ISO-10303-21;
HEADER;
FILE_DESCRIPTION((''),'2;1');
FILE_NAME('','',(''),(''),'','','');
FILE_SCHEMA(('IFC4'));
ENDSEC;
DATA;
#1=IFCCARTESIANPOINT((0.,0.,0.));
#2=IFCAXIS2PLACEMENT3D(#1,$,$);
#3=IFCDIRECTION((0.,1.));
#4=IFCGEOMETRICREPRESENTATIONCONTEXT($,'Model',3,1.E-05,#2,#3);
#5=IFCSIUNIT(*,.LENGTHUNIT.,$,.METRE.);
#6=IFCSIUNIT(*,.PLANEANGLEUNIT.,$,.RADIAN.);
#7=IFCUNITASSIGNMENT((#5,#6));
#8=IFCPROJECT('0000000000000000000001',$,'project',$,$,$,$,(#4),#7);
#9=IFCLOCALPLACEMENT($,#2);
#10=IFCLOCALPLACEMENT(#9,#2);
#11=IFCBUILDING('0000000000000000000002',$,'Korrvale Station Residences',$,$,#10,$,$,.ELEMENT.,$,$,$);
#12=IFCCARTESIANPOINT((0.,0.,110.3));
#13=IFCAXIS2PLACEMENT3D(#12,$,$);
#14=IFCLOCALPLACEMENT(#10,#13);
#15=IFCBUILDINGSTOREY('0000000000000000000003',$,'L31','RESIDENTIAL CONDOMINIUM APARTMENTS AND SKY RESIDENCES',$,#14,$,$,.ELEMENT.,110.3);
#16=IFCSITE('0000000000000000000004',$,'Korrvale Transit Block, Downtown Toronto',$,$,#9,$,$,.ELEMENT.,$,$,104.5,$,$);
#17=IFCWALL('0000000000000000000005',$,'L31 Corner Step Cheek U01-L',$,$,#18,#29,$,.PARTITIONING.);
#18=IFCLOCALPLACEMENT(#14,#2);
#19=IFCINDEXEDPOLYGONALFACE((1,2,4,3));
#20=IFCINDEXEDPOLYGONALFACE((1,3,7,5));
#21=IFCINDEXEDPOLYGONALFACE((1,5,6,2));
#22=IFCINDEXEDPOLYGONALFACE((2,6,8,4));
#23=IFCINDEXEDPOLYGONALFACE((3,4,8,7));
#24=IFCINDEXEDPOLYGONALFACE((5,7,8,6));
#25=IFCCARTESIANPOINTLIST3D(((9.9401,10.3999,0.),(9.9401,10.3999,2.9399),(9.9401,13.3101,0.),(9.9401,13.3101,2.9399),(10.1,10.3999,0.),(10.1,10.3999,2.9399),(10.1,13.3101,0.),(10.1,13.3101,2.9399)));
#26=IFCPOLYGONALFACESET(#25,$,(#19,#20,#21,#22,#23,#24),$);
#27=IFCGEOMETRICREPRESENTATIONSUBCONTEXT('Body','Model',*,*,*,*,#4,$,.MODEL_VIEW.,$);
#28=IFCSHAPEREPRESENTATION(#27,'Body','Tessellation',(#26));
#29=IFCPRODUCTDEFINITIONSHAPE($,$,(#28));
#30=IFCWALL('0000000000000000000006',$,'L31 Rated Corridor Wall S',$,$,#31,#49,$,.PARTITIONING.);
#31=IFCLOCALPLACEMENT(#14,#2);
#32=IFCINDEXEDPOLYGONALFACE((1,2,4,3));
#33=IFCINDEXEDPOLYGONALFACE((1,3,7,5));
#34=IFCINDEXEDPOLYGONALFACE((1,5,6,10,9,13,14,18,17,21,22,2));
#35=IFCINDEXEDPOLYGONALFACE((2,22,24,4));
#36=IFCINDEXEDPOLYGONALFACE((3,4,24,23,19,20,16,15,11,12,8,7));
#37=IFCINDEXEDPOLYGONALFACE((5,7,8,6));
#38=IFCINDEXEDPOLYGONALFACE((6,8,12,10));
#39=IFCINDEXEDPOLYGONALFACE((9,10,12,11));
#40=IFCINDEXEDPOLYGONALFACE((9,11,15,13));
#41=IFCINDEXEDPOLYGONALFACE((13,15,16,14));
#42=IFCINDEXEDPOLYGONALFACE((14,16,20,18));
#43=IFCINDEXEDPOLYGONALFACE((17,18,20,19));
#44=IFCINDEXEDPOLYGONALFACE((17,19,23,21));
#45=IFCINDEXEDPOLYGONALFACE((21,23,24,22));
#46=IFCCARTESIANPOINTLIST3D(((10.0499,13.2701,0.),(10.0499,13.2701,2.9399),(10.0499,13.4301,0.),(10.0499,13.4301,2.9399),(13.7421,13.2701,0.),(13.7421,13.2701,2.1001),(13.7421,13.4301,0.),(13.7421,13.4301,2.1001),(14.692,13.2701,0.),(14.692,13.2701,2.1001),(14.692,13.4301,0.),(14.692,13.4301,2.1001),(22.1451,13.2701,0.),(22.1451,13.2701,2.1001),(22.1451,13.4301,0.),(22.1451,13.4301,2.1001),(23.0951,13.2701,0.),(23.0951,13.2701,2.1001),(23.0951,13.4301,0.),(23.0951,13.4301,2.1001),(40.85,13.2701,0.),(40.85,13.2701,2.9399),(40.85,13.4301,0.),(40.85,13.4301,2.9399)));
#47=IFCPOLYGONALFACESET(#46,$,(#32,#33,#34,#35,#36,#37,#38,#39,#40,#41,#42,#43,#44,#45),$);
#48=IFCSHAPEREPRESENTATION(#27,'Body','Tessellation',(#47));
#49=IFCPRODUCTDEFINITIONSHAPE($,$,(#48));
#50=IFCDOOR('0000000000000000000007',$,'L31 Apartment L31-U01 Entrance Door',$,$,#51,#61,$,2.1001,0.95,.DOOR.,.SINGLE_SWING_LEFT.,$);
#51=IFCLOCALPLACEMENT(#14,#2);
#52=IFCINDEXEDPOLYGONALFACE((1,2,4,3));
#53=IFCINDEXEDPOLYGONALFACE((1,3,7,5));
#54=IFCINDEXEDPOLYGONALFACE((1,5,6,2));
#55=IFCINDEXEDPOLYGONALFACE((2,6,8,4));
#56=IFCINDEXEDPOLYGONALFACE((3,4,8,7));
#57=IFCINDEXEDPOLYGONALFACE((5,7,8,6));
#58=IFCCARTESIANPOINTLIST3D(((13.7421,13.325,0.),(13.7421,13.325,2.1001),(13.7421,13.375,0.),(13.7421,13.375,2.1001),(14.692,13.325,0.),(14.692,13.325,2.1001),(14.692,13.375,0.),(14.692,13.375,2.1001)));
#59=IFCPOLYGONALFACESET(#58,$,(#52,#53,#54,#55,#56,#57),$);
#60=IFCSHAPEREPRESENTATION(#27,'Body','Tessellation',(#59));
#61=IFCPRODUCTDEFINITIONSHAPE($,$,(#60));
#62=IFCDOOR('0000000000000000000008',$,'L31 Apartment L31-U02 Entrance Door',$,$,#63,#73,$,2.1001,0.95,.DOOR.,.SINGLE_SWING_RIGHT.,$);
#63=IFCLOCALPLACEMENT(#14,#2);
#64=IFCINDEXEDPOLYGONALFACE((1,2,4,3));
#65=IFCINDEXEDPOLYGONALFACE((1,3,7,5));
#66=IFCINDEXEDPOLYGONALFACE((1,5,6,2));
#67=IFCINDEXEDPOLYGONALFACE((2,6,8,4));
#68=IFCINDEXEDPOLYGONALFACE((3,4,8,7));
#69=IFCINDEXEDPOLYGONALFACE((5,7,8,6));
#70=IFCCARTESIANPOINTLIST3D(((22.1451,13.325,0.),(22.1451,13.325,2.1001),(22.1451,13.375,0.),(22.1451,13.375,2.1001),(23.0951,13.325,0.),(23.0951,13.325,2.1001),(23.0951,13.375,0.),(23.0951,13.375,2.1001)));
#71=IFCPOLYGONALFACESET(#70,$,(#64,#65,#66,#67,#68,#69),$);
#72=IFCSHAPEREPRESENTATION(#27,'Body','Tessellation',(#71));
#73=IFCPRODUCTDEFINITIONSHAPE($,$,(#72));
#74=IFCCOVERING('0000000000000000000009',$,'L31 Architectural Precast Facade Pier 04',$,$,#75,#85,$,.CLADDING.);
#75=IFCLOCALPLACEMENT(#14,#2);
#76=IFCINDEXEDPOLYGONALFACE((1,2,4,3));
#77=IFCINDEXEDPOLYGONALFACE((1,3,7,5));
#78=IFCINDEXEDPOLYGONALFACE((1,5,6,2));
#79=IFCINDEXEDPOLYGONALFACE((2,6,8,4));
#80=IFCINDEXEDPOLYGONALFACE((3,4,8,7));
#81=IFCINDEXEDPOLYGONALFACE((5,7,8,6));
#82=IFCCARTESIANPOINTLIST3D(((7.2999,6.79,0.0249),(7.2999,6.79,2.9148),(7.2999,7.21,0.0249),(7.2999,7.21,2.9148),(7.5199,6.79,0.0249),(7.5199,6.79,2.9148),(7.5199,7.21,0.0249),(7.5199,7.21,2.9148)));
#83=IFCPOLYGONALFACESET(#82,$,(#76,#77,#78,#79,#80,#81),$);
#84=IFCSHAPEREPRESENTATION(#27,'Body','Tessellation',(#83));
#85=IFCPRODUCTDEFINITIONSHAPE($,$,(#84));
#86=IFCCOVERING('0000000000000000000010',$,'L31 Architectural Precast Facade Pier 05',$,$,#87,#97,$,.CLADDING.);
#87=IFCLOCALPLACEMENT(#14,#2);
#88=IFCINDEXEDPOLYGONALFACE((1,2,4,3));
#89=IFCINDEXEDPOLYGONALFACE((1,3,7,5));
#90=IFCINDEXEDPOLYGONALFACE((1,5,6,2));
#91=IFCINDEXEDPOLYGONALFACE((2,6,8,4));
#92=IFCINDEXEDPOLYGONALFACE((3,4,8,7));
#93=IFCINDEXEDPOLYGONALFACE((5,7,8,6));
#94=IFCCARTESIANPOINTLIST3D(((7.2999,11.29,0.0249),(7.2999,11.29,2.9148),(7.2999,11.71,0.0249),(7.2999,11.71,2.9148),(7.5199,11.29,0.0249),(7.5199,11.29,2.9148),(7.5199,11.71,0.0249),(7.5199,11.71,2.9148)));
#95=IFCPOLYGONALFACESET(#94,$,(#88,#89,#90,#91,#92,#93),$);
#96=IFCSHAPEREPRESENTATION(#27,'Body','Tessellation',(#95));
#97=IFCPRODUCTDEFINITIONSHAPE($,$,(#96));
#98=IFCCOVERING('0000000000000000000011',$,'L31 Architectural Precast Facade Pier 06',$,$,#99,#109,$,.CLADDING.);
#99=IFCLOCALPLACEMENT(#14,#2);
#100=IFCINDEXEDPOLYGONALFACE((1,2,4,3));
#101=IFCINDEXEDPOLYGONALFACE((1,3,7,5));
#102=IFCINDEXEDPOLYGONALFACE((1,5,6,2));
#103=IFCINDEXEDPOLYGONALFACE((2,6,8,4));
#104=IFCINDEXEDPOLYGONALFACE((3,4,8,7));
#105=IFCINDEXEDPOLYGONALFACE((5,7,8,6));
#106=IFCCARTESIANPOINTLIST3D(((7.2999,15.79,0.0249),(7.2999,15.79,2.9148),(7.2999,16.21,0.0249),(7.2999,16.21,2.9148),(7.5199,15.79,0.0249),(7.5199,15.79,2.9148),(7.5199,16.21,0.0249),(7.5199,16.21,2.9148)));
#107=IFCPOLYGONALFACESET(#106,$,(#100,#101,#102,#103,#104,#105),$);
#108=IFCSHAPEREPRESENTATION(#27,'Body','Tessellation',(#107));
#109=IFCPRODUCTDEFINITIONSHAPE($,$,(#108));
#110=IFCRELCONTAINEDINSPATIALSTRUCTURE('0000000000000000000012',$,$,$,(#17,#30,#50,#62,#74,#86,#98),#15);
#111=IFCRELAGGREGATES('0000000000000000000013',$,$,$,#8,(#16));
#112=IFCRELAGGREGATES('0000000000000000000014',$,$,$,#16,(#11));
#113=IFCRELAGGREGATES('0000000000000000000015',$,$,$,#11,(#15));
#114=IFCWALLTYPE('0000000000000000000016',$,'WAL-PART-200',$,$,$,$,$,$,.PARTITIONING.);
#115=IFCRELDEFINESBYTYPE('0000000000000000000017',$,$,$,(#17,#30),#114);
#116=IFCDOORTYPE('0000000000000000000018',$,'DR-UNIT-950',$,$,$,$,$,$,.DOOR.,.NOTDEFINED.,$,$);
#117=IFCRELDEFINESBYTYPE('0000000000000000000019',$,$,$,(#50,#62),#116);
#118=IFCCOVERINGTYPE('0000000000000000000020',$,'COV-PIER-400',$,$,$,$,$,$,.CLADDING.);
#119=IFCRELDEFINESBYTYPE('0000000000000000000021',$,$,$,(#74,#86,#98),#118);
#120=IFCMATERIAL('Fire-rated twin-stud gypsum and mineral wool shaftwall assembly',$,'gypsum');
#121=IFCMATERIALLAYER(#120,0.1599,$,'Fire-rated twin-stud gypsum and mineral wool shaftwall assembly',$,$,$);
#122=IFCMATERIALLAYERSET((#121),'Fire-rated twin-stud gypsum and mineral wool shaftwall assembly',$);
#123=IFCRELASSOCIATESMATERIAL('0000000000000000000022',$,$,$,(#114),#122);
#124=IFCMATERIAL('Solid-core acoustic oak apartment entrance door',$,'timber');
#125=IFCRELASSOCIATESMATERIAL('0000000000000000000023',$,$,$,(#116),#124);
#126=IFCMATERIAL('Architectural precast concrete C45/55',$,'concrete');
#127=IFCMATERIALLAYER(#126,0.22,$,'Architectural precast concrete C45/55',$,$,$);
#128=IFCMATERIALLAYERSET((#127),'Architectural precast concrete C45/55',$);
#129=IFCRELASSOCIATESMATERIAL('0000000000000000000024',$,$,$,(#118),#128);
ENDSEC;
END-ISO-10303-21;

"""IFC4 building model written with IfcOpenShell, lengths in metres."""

from ifc_helpers import new_model, si_unit, direction, frame, frame_2d, origin, origin_2d, place, context, subcontext, project, spatial, rectangle, extrude, material, layer, layer_set, type_object, element, fill, save


model = new_model("IFC4")

# Units and contexts
model_context = context("Model", 3, precision=1e-05, world=origin(), true_north=direction((0.0, 1.0)))
body_context = subcontext(model_context, "Body", "Model", "MODEL_VIEW")
ifc_project = project(units=[si_unit("LENGTHUNIT", "METRE"), si_unit("PLANEANGLEUNIT", "RADIAN")], contexts=[model_context])

# Site, building, storey
site_placement = place(None, origin())
site = spatial("IfcSite", under=ifc_project, at=site_placement, Name="Korrvale Transit Block, Downtown Toronto", CompositionType="ELEMENT", RefElevation=104.5)
building_placement = place(site_placement, origin())
building = spatial("IfcBuilding", under=site, at=building_placement, Name="Korrvale Station Residences", CompositionType="ELEMENT")
storey_placement = place(building_placement, frame((0.0, 0.0, 110.3)))
storey = spatial("IfcBuildingStorey", under=building, at=storey_placement, Name="L31", Description="RESIDENTIAL CONDOMINIUM APARTMENTS AND SKY RESIDENCES", CompositionType="ELEMENT", Elevation=110.3)

# Wall
ifc_material_1 = material(Name="Fire-rated twin-stud gypsum and mineral wool shaftwall assembly", Category="gypsum")
ifc_layer_1 = layer(ifc_material_1, 0.1599, Name="Fire-rated twin-stud gypsum and mineral wool shaftwall assembly")
ifc_layer_set_1 = layer_set([ifc_layer_1], Name="Fire-rated twin-stud gypsum and mineral wool shaftwall assembly")
wall_type_1 = type_object("IfcWallType", Name="WAL-PART-200", PredefinedType="PARTITIONING", material=ifc_layer_set_1)
wall_1_placement = place(storey_placement, frame((10.02, 10.3999, 0.0), z_axis=(0.0, 0.0, 1.0), x_axis=(0.0, 1.0, 0.0)))
element("IfcWall", 1, at=wall_1_placement, inside=storey, type_object=wall_type_1, Name="L31 Corner Step Cheek U01-L", PredefinedType="PARTITIONING", context=body_context, shape_type="SweptSolid", body=[
    extrude(rectangle(XDim=2.9102, YDim=0.1599, at=frame_2d((1.4551, 0.0))), origin(), (0.0, 0.0, 1.0), 2.9399),
])

# Wall, openings, doors
wall_2_placement = place(storey_placement, frame((10.05, 13.3501, 0.0), z_axis=(0.0, 0.0, 1.0), x_axis=(1.0, 0.0, 0.0)))
wall_2 = element("IfcWall", 2, at=wall_2_placement, inside=storey, type_object=wall_type_1, Name="L31 Rated Corridor Wall S", PredefinedType="PARTITIONING", context=body_context, shape_type="SweptSolid", body=[
    extrude(rectangle(XDim=30.8, YDim=0.1599, at=frame_2d((15.3999, 0.0))), origin(), (0.0, 0.0, 1.0), 2.9399),
])
opening_1_placement = place(wall_2_placement, frame((3.6919, 0.0, 0.0)))
opening_1 = element("IfcOpeningElement", 3, at=opening_1_placement, cuts=wall_2, PredefinedType="OPENING", context=body_context, shape_type="SweptSolid", body=[
    extrude(rectangle(XDim=0.95, YDim=2.1001, at=frame_2d((0.4751, 1.05))), frame((0.0, 0.0898, 0.0), z_axis=(0.0, -1.0, 0.0), x_axis=(1.0, 0.0, 0.0)), (0.0, 0.0, 1.0), 0.1799),
])
opening_2_placement = place(wall_2_placement, frame((12.095, 0.0, 0.0)))
opening_2 = element("IfcOpeningElement", 4, at=opening_2_placement, cuts=wall_2, PredefinedType="OPENING", context=body_context, shape_type="SweptSolid", body=[
    extrude(rectangle(XDim=0.95, YDim=2.1001, at=frame_2d((0.4751, 1.05))), frame((0.0, 0.0898, 0.0), z_axis=(0.0, -1.0, 0.0), x_axis=(1.0, 0.0, 0.0)), (0.0, 0.0, 1.0), 0.1799),
])
ifc_material_2 = material(Name="Solid-core acoustic oak apartment entrance door", Category="timber")
door_type_1 = type_object("IfcDoorType", Name="DR-UNIT-950", OperationType="NOTDEFINED", PredefinedType="DOOR", material=ifc_material_2)
door_1_placement = place(opening_1_placement, origin())
door_1 = element("IfcDoor", 5, at=door_1_placement, inside=storey, type_object=door_type_1, Name="L31 Apartment L31-U01 Entrance Door", OperationType="SINGLE_SWING_LEFT", OverallHeight=2.1001, OverallWidth=0.95, PredefinedType="DOOR", context=body_context, shape_type="SweptSolid", body=[
    extrude(rectangle(XDim=0.95, YDim=2.1001, at=frame_2d((0.4751, 1.05))), frame((0.0, 0.0249, 0.0), z_axis=(0.0, -1.0, 0.0), x_axis=(1.0, 0.0, 0.0)), (0.0, 0.0, 1.0), 0.05),
])
fill(opening_1, door_1)
door_2_placement = place(opening_2_placement, origin())
door_2 = element("IfcDoor", 6, at=door_2_placement, inside=storey, type_object=door_type_1, Name="L31 Apartment L31-U02 Entrance Door", OperationType="SINGLE_SWING_RIGHT", OverallHeight=2.1001, OverallWidth=0.95, PredefinedType="DOOR", context=body_context, shape_type="SweptSolid", body=[
    extrude(rectangle(XDim=0.95, YDim=2.1001, at=frame_2d((0.4751, 1.05))), frame((0.0, 0.0249, 0.0), z_axis=(0.0, -1.0, 0.0), x_axis=(1.0, 0.0, 0.0)), (0.0, 0.0, 1.0), 0.05),
])
fill(opening_2, door_2)

# Coverings
ifc_material_3 = material(Name="Architectural precast concrete C45/55", Category="concrete")
ifc_layer_2 = layer(ifc_material_3, 0.22, Name="Architectural precast concrete C45/55")
ifc_layer_set_2 = layer_set([ifc_layer_2], Name="Architectural precast concrete C45/55")
covering_type = type_object("IfcCoveringType", Name="COV-PIER-400", PredefinedType="CLADDING", material=ifc_layer_set_2)
for number, where, z_axis, x_axis, name in (
    (7, (7.4099, 7.0, 0.0249), (0.0, 0.0, 1.0), (0.0, 1.0, 0.0), "L31 Architectural Precast Facade Pier 04"),
    (8, (7.4099, 11.5, 0.0249), (0.0, 0.0, 1.0), (0.0, 1.0, 0.0), "L31 Architectural Precast Facade Pier 05"),
    (9, (7.4099, 16.0, 0.0249), (0.0, 0.0, 1.0), (0.0, 1.0, 0.0), "L31 Architectural Precast Facade Pier 06"),
):
    element("IfcCovering", number, at=place(storey_placement, frame(where, z_axis=z_axis, x_axis=x_axis)), inside=storey, type_object=covering_type, Name=name, PredefinedType="CLADDING", context=body_context, shape_type="SweptSolid", body=[
        extrude(rectangle(XDim=0.4199, YDim=0.22, at=origin_2d()), origin(), (0.0, 0.0, 1.0), 2.8899),
    ])

save(model, "model.ifc")
